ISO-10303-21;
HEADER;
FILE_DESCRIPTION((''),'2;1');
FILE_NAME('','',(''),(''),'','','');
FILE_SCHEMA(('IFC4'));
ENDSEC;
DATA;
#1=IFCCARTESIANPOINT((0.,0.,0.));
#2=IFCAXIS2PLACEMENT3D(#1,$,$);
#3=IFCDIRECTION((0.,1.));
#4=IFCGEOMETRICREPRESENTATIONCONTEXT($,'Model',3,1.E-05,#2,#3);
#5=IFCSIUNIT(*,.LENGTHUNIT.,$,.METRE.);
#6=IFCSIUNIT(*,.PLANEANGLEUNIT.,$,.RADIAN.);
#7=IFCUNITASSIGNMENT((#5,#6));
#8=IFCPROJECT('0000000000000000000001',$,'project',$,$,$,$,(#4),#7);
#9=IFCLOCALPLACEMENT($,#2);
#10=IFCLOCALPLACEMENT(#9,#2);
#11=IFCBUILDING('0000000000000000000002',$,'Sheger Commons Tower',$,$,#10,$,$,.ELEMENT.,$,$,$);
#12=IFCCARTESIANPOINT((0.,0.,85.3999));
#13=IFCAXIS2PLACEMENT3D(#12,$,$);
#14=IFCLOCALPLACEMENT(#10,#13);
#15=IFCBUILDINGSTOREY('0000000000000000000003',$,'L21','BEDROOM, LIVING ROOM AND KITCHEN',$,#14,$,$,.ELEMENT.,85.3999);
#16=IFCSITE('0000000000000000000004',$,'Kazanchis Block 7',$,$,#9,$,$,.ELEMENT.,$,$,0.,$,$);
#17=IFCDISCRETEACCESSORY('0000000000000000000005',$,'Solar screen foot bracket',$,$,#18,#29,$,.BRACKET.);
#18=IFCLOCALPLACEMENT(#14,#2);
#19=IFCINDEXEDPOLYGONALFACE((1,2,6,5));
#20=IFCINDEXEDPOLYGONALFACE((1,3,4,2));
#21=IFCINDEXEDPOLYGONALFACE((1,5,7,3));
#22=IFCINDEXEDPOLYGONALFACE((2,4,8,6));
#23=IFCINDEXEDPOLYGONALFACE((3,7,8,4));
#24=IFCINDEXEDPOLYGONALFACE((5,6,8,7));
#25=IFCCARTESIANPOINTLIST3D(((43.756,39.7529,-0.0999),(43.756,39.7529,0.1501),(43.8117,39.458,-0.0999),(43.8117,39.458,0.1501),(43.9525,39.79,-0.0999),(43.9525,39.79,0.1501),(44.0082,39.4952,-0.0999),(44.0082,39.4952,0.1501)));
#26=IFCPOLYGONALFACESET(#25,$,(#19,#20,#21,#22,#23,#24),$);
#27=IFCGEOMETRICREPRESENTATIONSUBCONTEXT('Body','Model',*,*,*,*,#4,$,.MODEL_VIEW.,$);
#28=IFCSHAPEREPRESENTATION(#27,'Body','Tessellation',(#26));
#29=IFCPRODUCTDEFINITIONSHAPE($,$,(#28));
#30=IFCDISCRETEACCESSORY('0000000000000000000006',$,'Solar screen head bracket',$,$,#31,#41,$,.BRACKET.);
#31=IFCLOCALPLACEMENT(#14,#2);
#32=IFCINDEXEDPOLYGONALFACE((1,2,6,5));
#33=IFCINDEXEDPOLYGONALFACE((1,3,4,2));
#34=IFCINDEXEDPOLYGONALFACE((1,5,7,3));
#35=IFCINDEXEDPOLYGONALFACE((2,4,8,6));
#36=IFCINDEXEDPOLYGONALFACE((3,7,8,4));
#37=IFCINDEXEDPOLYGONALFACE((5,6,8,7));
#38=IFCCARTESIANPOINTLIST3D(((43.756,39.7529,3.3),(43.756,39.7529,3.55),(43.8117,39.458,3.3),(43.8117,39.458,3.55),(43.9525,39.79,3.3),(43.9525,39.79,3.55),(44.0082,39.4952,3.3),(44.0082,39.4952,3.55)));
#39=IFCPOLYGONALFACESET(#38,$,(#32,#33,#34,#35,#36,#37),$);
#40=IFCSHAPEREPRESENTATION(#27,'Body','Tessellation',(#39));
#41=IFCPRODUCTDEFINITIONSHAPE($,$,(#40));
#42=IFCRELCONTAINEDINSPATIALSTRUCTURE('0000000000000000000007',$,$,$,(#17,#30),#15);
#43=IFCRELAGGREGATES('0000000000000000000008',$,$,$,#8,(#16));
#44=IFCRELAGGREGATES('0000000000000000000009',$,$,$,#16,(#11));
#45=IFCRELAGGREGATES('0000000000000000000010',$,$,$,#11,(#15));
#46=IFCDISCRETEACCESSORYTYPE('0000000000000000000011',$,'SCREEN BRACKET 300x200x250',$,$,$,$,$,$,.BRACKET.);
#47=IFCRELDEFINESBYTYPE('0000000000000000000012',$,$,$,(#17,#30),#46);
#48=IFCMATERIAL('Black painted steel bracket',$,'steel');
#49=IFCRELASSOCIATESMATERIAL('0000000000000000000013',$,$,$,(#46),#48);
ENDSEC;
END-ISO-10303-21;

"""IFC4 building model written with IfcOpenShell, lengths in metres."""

from ifc_helpers import new_model, si_unit, direction, frame, origin, origin_2d, place, context, subcontext, project, spatial, rectangle, extrude, material, type_object, element, save


model = new_model("IFC4")

# Units and contexts
model_context = context("Model", 3, precision=1e-05, world=origin(), true_north=direction((0.0, 1.0)))
body_context = subcontext(model_context, "Body", "Model", "MODEL_VIEW")
ifc_project = project(units=[si_unit("LENGTHUNIT", "METRE"), si_unit("PLANEANGLEUNIT", "RADIAN")], contexts=[model_context])

# Site, building, storey
site_placement = place(None, origin())
site = spatial("IfcSite", under=ifc_project, at=site_placement, Name="Kazanchis Block 7", CompositionType="ELEMENT", RefElevation=0.0)
building_placement = place(site_placement, origin())
building = spatial("IfcBuilding", under=site, at=building_placement, Name="Sheger Commons Tower", CompositionType="ELEMENT")
storey_placement = place(building_placement, frame((0.0, 0.0, 85.3999)))
storey = spatial("IfcBuildingStorey", under=building, at=storey_placement, Name="L21", Description="BEDROOM, LIVING ROOM AND KITCHEN", CompositionType="ELEMENT", Elevation=85.3999)

# Discrete accessories
ifc_material_1 = material(Name="Black painted steel bracket", Category="steel")
discrete_accessory_type = type_object("IfcDiscreteAccessoryType", Name="SCREEN BRACKET 300x200x250", PredefinedType="BRACKET", material=ifc_material_1)
for number, where, z_axis, x_axis, name in (
    (1, (43.8821, 39.624, -0.0999), (0.0, 0.0, 1.0), (-0.185615, 0.982623, 0.0), "Solar screen foot bracket"),
    (2, (43.8821, 39.624, 3.3), (0.0, 0.0, 1.0), (-0.185615, 0.982623, 0.0), "Solar screen head bracket"),
):
    element("IfcDiscreteAccessory", number, at=place(storey_placement, frame(where, z_axis=z_axis, x_axis=x_axis)), inside=storey, type_object=discrete_accessory_type, Name=name, PredefinedType="BRACKET", context=body_context, shape_type="SweptSolid", body=[
        extrude(rectangle(XDim=0.3, YDim=0.2, at=origin_2d()), origin(), (0.0, 0.0, 1.0), 0.25),
    ])

save(model, "model.ifc")
